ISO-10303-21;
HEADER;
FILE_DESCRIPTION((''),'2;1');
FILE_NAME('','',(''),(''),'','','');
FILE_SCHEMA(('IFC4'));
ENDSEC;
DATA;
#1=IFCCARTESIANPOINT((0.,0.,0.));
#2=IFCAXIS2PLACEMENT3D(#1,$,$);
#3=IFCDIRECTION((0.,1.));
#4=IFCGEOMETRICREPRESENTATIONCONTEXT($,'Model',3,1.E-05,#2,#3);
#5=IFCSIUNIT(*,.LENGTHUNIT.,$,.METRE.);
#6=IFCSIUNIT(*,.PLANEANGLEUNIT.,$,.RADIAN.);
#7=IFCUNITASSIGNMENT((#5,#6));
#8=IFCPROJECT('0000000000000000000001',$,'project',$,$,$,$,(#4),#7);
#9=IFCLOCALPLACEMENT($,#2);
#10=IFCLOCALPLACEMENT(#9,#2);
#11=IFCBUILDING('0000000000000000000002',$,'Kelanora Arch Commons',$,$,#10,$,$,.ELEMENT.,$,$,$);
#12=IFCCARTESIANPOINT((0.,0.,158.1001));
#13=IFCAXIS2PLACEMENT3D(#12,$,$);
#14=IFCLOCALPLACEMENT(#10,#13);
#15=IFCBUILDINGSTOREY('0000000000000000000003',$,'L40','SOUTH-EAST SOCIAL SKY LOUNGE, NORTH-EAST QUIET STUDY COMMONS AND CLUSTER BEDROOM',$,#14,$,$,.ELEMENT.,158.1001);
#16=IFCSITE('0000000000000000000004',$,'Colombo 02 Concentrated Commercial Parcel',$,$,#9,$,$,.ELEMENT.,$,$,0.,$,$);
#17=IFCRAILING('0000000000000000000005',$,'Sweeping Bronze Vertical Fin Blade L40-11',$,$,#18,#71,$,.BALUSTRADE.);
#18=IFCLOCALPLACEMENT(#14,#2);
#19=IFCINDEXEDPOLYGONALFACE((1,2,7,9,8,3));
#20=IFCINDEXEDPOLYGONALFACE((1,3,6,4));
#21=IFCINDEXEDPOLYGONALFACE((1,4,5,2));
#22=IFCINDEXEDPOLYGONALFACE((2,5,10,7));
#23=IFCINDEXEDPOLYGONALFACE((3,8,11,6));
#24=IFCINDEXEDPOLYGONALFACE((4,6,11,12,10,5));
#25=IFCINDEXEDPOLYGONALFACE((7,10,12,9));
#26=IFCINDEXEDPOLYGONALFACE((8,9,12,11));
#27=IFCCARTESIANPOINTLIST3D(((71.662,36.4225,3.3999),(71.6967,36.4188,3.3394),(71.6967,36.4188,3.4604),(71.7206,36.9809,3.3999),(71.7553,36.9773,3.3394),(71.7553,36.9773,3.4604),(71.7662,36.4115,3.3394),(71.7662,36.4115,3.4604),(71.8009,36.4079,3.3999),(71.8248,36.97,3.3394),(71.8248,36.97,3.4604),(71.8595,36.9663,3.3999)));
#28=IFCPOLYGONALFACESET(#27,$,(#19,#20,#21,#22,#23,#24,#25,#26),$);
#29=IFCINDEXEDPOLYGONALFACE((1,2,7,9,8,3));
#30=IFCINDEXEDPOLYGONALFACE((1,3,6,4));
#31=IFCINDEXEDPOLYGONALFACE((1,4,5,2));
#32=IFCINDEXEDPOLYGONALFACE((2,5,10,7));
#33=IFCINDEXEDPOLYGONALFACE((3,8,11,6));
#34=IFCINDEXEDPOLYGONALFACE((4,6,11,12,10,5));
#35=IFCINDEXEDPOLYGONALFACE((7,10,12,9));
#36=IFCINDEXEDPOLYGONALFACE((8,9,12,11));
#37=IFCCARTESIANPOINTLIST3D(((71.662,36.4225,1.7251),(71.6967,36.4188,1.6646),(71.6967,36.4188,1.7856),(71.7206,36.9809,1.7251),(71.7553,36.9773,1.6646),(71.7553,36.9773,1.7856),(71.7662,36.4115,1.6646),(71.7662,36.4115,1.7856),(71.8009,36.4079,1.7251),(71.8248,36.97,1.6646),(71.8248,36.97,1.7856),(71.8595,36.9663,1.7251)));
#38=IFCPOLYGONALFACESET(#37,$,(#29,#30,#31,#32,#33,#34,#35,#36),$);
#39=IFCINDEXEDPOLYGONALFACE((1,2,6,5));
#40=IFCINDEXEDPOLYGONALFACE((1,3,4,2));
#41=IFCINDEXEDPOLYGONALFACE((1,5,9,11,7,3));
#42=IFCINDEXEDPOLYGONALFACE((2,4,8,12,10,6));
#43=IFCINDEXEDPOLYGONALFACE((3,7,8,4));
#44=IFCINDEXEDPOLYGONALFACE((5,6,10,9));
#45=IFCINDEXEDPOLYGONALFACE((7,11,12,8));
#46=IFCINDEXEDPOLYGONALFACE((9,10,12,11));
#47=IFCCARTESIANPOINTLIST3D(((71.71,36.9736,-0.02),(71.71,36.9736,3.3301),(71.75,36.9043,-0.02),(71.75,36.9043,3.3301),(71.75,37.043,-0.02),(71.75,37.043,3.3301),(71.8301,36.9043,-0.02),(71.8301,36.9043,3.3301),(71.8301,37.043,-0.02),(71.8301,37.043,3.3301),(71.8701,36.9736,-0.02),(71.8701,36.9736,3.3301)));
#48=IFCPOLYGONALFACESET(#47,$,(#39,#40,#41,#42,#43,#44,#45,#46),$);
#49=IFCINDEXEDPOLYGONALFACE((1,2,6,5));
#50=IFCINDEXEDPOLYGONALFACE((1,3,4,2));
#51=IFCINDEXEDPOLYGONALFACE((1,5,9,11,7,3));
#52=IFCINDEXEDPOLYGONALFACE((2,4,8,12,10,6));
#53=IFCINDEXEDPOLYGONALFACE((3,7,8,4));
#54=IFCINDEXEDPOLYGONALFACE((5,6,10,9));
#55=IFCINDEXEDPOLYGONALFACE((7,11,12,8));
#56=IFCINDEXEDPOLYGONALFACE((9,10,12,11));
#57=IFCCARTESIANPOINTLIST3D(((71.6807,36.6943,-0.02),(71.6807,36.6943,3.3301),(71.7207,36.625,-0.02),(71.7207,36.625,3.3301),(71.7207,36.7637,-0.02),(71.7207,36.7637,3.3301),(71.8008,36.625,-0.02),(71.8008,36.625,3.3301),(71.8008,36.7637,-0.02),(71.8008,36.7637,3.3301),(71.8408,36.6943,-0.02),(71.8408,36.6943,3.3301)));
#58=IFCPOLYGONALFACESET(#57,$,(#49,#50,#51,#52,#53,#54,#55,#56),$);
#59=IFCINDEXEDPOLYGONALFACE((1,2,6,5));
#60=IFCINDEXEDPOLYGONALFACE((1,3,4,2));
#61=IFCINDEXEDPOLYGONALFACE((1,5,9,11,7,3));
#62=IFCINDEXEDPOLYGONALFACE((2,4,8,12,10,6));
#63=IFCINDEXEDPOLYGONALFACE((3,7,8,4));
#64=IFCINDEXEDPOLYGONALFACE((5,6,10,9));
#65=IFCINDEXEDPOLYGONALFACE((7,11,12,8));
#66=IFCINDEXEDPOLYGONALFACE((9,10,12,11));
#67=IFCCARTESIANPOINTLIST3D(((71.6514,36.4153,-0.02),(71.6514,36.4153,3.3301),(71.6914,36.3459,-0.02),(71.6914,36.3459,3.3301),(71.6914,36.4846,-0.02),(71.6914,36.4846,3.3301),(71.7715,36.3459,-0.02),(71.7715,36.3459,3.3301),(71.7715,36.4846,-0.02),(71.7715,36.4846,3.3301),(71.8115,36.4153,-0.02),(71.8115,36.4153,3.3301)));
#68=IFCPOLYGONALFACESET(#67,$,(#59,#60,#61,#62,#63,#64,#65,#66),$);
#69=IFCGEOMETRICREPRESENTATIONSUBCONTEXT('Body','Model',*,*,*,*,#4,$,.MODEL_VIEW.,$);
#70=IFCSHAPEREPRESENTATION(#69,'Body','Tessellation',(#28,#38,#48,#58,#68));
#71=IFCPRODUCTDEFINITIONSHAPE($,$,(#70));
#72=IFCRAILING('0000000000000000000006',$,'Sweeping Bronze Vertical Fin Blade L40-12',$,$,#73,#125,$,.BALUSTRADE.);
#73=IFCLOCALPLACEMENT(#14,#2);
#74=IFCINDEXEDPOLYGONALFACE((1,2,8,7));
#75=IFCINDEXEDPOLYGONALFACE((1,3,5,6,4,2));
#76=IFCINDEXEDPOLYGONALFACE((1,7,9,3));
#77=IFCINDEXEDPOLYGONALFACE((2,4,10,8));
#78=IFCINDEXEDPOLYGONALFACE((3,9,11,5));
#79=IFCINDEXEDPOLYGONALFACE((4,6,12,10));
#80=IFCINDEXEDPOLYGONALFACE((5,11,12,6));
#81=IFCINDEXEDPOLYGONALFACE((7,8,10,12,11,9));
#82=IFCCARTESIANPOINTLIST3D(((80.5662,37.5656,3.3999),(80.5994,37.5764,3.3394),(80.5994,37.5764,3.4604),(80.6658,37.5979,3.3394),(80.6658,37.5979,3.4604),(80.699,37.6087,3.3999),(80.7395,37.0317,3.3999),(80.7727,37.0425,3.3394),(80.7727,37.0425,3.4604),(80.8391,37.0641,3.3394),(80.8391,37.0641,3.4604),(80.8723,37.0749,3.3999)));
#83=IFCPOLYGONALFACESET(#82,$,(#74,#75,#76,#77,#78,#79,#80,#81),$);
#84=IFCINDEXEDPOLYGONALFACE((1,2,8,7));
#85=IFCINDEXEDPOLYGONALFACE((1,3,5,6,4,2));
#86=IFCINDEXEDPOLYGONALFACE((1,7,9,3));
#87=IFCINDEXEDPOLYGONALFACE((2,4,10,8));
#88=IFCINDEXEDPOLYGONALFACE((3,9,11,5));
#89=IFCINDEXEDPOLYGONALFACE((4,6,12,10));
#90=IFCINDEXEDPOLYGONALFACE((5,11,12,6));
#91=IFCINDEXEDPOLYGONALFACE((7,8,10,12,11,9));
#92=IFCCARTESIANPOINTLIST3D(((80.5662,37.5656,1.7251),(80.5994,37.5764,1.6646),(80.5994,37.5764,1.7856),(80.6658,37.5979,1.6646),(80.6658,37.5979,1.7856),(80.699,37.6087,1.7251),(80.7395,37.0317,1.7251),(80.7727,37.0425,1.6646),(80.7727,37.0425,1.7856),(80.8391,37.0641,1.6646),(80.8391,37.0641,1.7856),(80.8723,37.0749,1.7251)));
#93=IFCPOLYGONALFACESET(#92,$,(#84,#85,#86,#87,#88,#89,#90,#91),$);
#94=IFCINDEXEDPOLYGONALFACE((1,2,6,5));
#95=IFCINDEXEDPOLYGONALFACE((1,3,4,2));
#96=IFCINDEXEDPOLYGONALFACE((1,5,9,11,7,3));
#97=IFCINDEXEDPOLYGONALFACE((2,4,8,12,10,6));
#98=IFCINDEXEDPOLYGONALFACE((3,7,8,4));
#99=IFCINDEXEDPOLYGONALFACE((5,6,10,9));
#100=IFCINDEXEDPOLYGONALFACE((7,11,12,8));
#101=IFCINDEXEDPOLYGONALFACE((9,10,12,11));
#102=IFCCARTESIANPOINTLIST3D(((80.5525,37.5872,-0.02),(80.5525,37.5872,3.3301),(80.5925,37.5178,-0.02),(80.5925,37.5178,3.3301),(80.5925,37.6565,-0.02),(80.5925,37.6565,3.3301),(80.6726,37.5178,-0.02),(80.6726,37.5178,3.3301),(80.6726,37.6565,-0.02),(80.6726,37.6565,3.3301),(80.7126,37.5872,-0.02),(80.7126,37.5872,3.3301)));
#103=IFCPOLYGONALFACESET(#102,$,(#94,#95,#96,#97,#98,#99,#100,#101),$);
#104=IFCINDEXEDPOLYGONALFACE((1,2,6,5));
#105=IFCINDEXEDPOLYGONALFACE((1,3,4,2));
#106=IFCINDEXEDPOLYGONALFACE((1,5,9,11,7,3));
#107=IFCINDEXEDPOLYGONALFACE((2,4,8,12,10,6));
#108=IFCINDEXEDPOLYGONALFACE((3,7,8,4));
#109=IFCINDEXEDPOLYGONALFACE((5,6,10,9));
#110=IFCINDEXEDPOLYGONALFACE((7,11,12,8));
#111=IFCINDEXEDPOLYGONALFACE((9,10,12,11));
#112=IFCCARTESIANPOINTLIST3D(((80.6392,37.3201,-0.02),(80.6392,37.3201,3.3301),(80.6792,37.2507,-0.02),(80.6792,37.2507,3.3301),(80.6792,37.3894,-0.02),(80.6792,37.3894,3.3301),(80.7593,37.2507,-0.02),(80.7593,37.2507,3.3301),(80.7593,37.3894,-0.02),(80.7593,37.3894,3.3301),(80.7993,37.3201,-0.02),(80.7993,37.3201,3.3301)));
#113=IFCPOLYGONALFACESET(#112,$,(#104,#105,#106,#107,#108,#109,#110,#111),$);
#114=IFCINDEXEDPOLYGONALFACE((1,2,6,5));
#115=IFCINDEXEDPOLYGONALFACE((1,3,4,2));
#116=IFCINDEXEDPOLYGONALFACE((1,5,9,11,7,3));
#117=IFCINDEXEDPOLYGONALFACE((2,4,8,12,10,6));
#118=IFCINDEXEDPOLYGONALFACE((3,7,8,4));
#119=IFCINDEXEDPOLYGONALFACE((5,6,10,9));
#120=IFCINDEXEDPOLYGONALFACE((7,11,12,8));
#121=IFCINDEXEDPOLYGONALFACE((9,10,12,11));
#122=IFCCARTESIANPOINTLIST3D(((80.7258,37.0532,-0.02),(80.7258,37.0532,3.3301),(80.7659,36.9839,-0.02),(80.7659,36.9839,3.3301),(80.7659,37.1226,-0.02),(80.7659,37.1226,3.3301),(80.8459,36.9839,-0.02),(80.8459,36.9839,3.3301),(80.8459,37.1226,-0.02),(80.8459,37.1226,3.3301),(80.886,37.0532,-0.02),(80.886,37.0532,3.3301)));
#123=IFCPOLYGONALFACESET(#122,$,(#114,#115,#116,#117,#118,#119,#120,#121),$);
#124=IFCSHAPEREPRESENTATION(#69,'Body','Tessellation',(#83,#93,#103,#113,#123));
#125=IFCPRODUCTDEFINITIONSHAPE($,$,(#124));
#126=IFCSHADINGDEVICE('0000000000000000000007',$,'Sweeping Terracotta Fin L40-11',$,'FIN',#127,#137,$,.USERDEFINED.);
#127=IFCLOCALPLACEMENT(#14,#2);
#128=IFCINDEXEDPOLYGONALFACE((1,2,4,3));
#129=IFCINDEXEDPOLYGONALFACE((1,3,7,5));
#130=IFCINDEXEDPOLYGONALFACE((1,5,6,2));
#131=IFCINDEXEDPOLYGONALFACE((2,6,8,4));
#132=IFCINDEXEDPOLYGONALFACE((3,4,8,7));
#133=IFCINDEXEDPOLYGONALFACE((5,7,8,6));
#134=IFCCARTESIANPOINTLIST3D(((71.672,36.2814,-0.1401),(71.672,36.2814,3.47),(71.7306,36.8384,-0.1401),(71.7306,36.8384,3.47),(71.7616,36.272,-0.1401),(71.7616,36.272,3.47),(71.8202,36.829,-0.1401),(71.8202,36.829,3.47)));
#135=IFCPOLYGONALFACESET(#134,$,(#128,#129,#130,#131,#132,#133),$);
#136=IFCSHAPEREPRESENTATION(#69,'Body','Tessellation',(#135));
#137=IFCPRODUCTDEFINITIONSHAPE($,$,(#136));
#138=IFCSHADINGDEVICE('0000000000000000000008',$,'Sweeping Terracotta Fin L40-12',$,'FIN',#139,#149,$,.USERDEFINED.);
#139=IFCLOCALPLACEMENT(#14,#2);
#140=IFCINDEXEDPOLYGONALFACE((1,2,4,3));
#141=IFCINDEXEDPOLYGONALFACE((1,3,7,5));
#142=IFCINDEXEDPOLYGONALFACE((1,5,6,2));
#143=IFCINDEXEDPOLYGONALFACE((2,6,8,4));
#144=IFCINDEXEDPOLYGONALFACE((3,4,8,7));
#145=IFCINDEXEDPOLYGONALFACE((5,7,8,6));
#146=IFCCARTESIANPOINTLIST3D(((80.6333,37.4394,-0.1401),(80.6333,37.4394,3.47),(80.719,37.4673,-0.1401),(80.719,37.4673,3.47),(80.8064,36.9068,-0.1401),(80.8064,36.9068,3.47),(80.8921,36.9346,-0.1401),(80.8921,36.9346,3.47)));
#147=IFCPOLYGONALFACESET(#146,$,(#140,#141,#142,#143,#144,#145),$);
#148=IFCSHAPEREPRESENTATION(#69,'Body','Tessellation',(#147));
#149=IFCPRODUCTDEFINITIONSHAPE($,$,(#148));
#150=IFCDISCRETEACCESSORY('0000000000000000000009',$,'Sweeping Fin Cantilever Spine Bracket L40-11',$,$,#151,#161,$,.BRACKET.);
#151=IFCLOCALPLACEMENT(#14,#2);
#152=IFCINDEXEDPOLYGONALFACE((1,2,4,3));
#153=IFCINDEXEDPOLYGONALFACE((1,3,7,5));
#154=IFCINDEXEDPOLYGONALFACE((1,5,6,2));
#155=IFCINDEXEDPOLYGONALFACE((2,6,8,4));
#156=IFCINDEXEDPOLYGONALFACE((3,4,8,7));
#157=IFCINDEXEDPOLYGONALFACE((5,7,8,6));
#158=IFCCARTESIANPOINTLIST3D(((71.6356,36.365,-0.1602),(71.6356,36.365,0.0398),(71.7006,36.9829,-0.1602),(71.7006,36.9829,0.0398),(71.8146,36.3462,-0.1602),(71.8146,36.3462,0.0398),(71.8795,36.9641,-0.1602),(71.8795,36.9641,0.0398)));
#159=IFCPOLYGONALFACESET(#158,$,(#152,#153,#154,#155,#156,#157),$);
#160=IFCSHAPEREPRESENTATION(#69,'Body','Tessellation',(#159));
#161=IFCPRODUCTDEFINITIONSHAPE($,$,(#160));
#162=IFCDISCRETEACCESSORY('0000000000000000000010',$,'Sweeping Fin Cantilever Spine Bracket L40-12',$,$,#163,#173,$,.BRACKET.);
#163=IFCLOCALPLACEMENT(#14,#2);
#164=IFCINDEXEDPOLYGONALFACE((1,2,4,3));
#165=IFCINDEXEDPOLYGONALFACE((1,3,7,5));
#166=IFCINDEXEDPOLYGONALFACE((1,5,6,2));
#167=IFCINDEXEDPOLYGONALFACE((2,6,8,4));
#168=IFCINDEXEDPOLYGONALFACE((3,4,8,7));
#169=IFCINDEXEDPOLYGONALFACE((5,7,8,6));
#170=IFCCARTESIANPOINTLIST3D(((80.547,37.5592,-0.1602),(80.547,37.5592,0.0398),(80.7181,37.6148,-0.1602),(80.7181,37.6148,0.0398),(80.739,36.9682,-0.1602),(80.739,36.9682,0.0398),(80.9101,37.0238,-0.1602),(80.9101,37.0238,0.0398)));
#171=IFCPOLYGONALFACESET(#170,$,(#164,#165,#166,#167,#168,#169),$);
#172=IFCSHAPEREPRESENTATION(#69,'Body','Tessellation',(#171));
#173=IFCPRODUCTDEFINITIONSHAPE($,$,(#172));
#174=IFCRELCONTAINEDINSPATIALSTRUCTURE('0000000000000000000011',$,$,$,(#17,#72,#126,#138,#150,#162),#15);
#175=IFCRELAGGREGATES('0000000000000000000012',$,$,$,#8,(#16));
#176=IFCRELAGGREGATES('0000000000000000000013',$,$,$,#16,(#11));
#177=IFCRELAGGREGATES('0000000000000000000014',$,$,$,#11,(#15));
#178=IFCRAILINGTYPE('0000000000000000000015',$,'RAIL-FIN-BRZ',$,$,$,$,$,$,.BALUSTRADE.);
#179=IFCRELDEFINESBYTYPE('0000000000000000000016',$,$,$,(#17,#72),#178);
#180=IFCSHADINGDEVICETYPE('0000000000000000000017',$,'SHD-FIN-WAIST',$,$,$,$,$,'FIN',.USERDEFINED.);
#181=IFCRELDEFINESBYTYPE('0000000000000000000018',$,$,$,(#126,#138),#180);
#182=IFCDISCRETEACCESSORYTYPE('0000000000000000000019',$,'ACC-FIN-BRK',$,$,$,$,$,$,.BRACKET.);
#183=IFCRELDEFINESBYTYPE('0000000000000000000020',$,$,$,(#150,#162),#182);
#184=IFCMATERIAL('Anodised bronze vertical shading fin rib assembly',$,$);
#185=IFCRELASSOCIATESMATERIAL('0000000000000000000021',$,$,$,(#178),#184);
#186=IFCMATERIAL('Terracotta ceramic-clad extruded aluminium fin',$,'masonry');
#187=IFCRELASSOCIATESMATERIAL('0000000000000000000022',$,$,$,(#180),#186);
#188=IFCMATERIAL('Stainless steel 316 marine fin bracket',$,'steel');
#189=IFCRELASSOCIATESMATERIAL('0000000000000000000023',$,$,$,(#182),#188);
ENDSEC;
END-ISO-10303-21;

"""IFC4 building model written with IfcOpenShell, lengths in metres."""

from ifc_helpers import new_model, si_unit, direction, frame, origin, origin_2d, place, context, subcontext, project, spatial, polyline, rectangle, outline, extrude, source, transform, mapped, material, type_object, element, save


model = new_model("IFC4")

# Units and contexts
model_context = context("Model", 3, precision=1e-05, world=origin(), true_north=direction((0.0, 1.0)))
body_context = subcontext(model_context, "Body", "Model", "MODEL_VIEW")
ifc_project = project(units=[si_unit("LENGTHUNIT", "METRE"), si_unit("PLANEANGLEUNIT", "RADIAN")], contexts=[model_context])

# Site, building, storey
site_placement = place(None, origin())
site = spatial("IfcSite", under=ifc_project, at=site_placement, Name="Colombo 02 Concentrated Commercial Parcel", CompositionType="ELEMENT", RefElevation=0.0)
building_placement = place(site_placement, origin())
building = spatial("IfcBuilding", under=site, at=building_placement, Name="Kelanora Arch Commons", CompositionType="ELEMENT")
storey_placement = place(building_placement, frame((0.0, 0.0, 158.1001)))
storey = spatial("IfcBuildingStorey", under=building, at=storey_placement, Name="L40", Description="SOUTH-EAST SOCIAL SKY LOUNGE, NORTH-EAST QUIET STUDY COMMONS AND CLUSTER BEDROOM", CompositionType="ELEMENT", Elevation=158.1001)

# Railings
ifc_material_1 = material(Name="Anodised bronze vertical shading fin rib assembly")
railing_type = type_object("IfcRailingType", Name="RAIL-FIN-BRZ", PredefinedType="BALUSTRADE", material=ifc_material_1)
railing_1_placement = place(storey_placement, frame((71.79, 36.9736, -0.02)))
element("IfcRailing", 1, at=railing_1_placement, inside=storey, type_object=railing_type, Name="Sweeping Bronze Vertical Fin Blade L40-11", PredefinedType="BALUSTRADE", context=body_context, shape_type="SweptSolid", body=[
    extrude(outline(polyline([(0.0698, 0.0), (0.0349, 0.0605), (-0.0349, 0.0605), (-0.0698, 0.0), (-0.0349, -0.0605), (0.0349, -0.0605), (0.0698, 0.0)])), frame((0.0, 0.0, 3.4199), z_axis=(-0.104368, -0.994539, 0.0), x_axis=(0.994539, -0.104368, 0.0)), (0.0, 0.0, 1.0), 0.5615),
    extrude(outline(polyline([(0.0698, 0.0), (0.0349, 0.0605), (-0.0349, 0.0605), (-0.0698, 0.0), (-0.0349, -0.0605), (0.0349, -0.0605), (0.0698, 0.0)])), frame((0.0, 0.0, 1.7451), z_axis=(-0.104368, -0.994539, 0.0), x_axis=(0.994539, -0.104368, 0.0)), (0.0, 0.0, 1.0), 0.5615),
    extrude(outline(polyline([(0.0801, 0.0), (0.04, 0.0693), (-0.04, 0.0693), (-0.0801, 0.0), (-0.04, -0.0693), (0.04, -0.0693), (0.0801, 0.0)])), origin(), (0.0, 0.0, 1.0), 3.3501),
    extrude(outline(polyline([(0.0801, 0.0), (0.04, 0.0693), (-0.04, 0.0693), (-0.0801, 0.0), (-0.04, -0.0693), (0.04, -0.0693), (0.0801, 0.0)])), frame((-0.0293, -0.2793, 0.0)), (0.0, 0.0, 1.0), 3.3501),
    extrude(outline(polyline([(0.0801, 0.0), (0.04, 0.0693), (-0.04, 0.0693), (-0.0801, 0.0), (-0.04, -0.0693), (0.04, -0.0693), (0.0801, 0.0)])), frame((-0.0586, -0.5583, 0.0)), (0.0, 0.0, 1.0), 3.3501),
])
railing_2_placement = place(storey_placement, frame((80.6326, 37.5872, -0.02)))
element("IfcRailing", 2, at=railing_2_placement, inside=storey, type_object=railing_type, Name="Sweeping Bronze Vertical Fin Blade L40-12", PredefinedType="BALUSTRADE", context=body_context, shape_type="SweptSolid", body=[
    extrude(outline(polyline([(0.0698, 0.0), (0.0349, 0.0605), (-0.0349, 0.0605), (-0.0698, 0.0), (-0.0349, -0.0605), (0.0349, -0.0605), (0.0698, 0.0)])), frame((0.0, 0.0, 3.4199), z_axis=(0.308781, -0.951133, 0.0), x_axis=(0.951133, 0.308781, 0.0)), (0.0, 0.0, 1.0), 0.5613),
    extrude(outline(polyline([(0.0698, 0.0), (0.0349, 0.0605), (-0.0349, 0.0605), (-0.0698, 0.0), (-0.0349, -0.0605), (0.0349, -0.0605), (0.0698, 0.0)])), frame((0.0, 0.0, 1.7451), z_axis=(0.308781, -0.951133, 0.0), x_axis=(0.951133, 0.308781, 0.0)), (0.0, 0.0, 1.0), 0.5613),
    extrude(outline(polyline([(0.0801, 0.0), (0.04, 0.0693), (-0.04, 0.0693), (-0.0801, 0.0), (-0.04, -0.0693), (0.04, -0.0693), (0.0801, 0.0)])), origin(), (0.0, 0.0, 1.0), 3.3501),
    extrude(outline(polyline([(0.0801, 0.0), (0.04, 0.0693), (-0.04, 0.0693), (-0.0801, 0.0), (-0.04, -0.0693), (0.04, -0.0693), (0.0801, 0.0)])), frame((0.0867, -0.2671, 0.0)), (0.0, 0.0, 1.0), 3.3501),
    extrude(outline(polyline([(0.0801, 0.0), (0.04, 0.0693), (-0.04, 0.0693), (-0.0801, 0.0), (-0.04, -0.0693), (0.04, -0.0693), (0.0801, 0.0)])), frame((0.1733, -0.5339, 0.0)), (0.0, 0.0, 1.0), 3.3501),
])

# Shading devices
ifc_material_2 = material(Name="Terracotta ceramic-clad extruded aluminium fin", Category="masonry")
shading_device_type = type_object("IfcShadingDeviceType", Name="SHD-FIN-WAIST", ElementType="FIN", PredefinedType="USERDEFINED", material=ifc_material_2)
shared_shape_1 = source(origin(), body_context, "Body", "SweptSolid", [
    extrude(rectangle(XDim=0.5601, YDim=0.0901, at=origin_2d()), origin(), (0.0, 0.0, 1.0), 3.6101),
])
for number, where, z_axis, x_axis, name in (
    (3, (71.7461, 36.5552, -0.1401), (0.0, 0.0, 1.0), (-0.104528, -0.994522, 0.0), "Sweeping Terracotta Fin L40-11"),
    (4, (80.7627, 37.187, -0.1401), (0.0, 0.0, 1.0), (0.309017, -0.951057, 0.0), "Sweeping Terracotta Fin L40-12"),
):
    element("IfcShadingDevice", number, at=place(storey_placement, frame(where, z_axis=z_axis, x_axis=x_axis)), inside=storey, type_object=shading_device_type, Name=name, ObjectType="FIN", PredefinedType="USERDEFINED", context=body_context, shape_type="MappedRepresentation", body=[
        mapped(shared_shape_1, transform((0.0, 0.0, 0.0), scale=1.0)),
    ])

# Discrete accessories
ifc_material_3 = material(Name="Stainless steel 316 marine fin bracket", Category="steel")
discrete_accessory_type = type_object("IfcDiscreteAccessoryType", Name="ACC-FIN-BRK", PredefinedType="BRACKET", material=ifc_material_3)
shared_shape_2 = source(origin(), body_context, "Body", "SweptSolid", [
    extrude(rectangle(XDim=0.6213, YDim=0.1799, at=origin_2d()), origin(), (0.0, 0.0, 1.0), 0.2),
])
for number, where, z_axis, x_axis, name in (
    (5, (71.7576, 36.6646, -0.1602), (0.0, 0.0, 1.0), (-0.104528, -0.994522, 0.0), "Sweeping Fin Cantilever Spine Bracket L40-11"),
    (6, (80.7285, 37.2915, -0.1602), (0.0, 0.0, 1.0), (0.309017, -0.951057, 0.0), "Sweeping Fin Cantilever Spine Bracket L40-12"),
):
    element("IfcDiscreteAccessory", number, at=place(storey_placement, frame(where, z_axis=z_axis, x_axis=x_axis)), inside=storey, type_object=discrete_accessory_type, Name=name, PredefinedType="BRACKET", context=body_context, shape_type="MappedRepresentation", body=[
        mapped(shared_shape_2, transform((0.0, 0.0, 0.0), scale=1.0)),
    ])

save(model, "model.ifc")
